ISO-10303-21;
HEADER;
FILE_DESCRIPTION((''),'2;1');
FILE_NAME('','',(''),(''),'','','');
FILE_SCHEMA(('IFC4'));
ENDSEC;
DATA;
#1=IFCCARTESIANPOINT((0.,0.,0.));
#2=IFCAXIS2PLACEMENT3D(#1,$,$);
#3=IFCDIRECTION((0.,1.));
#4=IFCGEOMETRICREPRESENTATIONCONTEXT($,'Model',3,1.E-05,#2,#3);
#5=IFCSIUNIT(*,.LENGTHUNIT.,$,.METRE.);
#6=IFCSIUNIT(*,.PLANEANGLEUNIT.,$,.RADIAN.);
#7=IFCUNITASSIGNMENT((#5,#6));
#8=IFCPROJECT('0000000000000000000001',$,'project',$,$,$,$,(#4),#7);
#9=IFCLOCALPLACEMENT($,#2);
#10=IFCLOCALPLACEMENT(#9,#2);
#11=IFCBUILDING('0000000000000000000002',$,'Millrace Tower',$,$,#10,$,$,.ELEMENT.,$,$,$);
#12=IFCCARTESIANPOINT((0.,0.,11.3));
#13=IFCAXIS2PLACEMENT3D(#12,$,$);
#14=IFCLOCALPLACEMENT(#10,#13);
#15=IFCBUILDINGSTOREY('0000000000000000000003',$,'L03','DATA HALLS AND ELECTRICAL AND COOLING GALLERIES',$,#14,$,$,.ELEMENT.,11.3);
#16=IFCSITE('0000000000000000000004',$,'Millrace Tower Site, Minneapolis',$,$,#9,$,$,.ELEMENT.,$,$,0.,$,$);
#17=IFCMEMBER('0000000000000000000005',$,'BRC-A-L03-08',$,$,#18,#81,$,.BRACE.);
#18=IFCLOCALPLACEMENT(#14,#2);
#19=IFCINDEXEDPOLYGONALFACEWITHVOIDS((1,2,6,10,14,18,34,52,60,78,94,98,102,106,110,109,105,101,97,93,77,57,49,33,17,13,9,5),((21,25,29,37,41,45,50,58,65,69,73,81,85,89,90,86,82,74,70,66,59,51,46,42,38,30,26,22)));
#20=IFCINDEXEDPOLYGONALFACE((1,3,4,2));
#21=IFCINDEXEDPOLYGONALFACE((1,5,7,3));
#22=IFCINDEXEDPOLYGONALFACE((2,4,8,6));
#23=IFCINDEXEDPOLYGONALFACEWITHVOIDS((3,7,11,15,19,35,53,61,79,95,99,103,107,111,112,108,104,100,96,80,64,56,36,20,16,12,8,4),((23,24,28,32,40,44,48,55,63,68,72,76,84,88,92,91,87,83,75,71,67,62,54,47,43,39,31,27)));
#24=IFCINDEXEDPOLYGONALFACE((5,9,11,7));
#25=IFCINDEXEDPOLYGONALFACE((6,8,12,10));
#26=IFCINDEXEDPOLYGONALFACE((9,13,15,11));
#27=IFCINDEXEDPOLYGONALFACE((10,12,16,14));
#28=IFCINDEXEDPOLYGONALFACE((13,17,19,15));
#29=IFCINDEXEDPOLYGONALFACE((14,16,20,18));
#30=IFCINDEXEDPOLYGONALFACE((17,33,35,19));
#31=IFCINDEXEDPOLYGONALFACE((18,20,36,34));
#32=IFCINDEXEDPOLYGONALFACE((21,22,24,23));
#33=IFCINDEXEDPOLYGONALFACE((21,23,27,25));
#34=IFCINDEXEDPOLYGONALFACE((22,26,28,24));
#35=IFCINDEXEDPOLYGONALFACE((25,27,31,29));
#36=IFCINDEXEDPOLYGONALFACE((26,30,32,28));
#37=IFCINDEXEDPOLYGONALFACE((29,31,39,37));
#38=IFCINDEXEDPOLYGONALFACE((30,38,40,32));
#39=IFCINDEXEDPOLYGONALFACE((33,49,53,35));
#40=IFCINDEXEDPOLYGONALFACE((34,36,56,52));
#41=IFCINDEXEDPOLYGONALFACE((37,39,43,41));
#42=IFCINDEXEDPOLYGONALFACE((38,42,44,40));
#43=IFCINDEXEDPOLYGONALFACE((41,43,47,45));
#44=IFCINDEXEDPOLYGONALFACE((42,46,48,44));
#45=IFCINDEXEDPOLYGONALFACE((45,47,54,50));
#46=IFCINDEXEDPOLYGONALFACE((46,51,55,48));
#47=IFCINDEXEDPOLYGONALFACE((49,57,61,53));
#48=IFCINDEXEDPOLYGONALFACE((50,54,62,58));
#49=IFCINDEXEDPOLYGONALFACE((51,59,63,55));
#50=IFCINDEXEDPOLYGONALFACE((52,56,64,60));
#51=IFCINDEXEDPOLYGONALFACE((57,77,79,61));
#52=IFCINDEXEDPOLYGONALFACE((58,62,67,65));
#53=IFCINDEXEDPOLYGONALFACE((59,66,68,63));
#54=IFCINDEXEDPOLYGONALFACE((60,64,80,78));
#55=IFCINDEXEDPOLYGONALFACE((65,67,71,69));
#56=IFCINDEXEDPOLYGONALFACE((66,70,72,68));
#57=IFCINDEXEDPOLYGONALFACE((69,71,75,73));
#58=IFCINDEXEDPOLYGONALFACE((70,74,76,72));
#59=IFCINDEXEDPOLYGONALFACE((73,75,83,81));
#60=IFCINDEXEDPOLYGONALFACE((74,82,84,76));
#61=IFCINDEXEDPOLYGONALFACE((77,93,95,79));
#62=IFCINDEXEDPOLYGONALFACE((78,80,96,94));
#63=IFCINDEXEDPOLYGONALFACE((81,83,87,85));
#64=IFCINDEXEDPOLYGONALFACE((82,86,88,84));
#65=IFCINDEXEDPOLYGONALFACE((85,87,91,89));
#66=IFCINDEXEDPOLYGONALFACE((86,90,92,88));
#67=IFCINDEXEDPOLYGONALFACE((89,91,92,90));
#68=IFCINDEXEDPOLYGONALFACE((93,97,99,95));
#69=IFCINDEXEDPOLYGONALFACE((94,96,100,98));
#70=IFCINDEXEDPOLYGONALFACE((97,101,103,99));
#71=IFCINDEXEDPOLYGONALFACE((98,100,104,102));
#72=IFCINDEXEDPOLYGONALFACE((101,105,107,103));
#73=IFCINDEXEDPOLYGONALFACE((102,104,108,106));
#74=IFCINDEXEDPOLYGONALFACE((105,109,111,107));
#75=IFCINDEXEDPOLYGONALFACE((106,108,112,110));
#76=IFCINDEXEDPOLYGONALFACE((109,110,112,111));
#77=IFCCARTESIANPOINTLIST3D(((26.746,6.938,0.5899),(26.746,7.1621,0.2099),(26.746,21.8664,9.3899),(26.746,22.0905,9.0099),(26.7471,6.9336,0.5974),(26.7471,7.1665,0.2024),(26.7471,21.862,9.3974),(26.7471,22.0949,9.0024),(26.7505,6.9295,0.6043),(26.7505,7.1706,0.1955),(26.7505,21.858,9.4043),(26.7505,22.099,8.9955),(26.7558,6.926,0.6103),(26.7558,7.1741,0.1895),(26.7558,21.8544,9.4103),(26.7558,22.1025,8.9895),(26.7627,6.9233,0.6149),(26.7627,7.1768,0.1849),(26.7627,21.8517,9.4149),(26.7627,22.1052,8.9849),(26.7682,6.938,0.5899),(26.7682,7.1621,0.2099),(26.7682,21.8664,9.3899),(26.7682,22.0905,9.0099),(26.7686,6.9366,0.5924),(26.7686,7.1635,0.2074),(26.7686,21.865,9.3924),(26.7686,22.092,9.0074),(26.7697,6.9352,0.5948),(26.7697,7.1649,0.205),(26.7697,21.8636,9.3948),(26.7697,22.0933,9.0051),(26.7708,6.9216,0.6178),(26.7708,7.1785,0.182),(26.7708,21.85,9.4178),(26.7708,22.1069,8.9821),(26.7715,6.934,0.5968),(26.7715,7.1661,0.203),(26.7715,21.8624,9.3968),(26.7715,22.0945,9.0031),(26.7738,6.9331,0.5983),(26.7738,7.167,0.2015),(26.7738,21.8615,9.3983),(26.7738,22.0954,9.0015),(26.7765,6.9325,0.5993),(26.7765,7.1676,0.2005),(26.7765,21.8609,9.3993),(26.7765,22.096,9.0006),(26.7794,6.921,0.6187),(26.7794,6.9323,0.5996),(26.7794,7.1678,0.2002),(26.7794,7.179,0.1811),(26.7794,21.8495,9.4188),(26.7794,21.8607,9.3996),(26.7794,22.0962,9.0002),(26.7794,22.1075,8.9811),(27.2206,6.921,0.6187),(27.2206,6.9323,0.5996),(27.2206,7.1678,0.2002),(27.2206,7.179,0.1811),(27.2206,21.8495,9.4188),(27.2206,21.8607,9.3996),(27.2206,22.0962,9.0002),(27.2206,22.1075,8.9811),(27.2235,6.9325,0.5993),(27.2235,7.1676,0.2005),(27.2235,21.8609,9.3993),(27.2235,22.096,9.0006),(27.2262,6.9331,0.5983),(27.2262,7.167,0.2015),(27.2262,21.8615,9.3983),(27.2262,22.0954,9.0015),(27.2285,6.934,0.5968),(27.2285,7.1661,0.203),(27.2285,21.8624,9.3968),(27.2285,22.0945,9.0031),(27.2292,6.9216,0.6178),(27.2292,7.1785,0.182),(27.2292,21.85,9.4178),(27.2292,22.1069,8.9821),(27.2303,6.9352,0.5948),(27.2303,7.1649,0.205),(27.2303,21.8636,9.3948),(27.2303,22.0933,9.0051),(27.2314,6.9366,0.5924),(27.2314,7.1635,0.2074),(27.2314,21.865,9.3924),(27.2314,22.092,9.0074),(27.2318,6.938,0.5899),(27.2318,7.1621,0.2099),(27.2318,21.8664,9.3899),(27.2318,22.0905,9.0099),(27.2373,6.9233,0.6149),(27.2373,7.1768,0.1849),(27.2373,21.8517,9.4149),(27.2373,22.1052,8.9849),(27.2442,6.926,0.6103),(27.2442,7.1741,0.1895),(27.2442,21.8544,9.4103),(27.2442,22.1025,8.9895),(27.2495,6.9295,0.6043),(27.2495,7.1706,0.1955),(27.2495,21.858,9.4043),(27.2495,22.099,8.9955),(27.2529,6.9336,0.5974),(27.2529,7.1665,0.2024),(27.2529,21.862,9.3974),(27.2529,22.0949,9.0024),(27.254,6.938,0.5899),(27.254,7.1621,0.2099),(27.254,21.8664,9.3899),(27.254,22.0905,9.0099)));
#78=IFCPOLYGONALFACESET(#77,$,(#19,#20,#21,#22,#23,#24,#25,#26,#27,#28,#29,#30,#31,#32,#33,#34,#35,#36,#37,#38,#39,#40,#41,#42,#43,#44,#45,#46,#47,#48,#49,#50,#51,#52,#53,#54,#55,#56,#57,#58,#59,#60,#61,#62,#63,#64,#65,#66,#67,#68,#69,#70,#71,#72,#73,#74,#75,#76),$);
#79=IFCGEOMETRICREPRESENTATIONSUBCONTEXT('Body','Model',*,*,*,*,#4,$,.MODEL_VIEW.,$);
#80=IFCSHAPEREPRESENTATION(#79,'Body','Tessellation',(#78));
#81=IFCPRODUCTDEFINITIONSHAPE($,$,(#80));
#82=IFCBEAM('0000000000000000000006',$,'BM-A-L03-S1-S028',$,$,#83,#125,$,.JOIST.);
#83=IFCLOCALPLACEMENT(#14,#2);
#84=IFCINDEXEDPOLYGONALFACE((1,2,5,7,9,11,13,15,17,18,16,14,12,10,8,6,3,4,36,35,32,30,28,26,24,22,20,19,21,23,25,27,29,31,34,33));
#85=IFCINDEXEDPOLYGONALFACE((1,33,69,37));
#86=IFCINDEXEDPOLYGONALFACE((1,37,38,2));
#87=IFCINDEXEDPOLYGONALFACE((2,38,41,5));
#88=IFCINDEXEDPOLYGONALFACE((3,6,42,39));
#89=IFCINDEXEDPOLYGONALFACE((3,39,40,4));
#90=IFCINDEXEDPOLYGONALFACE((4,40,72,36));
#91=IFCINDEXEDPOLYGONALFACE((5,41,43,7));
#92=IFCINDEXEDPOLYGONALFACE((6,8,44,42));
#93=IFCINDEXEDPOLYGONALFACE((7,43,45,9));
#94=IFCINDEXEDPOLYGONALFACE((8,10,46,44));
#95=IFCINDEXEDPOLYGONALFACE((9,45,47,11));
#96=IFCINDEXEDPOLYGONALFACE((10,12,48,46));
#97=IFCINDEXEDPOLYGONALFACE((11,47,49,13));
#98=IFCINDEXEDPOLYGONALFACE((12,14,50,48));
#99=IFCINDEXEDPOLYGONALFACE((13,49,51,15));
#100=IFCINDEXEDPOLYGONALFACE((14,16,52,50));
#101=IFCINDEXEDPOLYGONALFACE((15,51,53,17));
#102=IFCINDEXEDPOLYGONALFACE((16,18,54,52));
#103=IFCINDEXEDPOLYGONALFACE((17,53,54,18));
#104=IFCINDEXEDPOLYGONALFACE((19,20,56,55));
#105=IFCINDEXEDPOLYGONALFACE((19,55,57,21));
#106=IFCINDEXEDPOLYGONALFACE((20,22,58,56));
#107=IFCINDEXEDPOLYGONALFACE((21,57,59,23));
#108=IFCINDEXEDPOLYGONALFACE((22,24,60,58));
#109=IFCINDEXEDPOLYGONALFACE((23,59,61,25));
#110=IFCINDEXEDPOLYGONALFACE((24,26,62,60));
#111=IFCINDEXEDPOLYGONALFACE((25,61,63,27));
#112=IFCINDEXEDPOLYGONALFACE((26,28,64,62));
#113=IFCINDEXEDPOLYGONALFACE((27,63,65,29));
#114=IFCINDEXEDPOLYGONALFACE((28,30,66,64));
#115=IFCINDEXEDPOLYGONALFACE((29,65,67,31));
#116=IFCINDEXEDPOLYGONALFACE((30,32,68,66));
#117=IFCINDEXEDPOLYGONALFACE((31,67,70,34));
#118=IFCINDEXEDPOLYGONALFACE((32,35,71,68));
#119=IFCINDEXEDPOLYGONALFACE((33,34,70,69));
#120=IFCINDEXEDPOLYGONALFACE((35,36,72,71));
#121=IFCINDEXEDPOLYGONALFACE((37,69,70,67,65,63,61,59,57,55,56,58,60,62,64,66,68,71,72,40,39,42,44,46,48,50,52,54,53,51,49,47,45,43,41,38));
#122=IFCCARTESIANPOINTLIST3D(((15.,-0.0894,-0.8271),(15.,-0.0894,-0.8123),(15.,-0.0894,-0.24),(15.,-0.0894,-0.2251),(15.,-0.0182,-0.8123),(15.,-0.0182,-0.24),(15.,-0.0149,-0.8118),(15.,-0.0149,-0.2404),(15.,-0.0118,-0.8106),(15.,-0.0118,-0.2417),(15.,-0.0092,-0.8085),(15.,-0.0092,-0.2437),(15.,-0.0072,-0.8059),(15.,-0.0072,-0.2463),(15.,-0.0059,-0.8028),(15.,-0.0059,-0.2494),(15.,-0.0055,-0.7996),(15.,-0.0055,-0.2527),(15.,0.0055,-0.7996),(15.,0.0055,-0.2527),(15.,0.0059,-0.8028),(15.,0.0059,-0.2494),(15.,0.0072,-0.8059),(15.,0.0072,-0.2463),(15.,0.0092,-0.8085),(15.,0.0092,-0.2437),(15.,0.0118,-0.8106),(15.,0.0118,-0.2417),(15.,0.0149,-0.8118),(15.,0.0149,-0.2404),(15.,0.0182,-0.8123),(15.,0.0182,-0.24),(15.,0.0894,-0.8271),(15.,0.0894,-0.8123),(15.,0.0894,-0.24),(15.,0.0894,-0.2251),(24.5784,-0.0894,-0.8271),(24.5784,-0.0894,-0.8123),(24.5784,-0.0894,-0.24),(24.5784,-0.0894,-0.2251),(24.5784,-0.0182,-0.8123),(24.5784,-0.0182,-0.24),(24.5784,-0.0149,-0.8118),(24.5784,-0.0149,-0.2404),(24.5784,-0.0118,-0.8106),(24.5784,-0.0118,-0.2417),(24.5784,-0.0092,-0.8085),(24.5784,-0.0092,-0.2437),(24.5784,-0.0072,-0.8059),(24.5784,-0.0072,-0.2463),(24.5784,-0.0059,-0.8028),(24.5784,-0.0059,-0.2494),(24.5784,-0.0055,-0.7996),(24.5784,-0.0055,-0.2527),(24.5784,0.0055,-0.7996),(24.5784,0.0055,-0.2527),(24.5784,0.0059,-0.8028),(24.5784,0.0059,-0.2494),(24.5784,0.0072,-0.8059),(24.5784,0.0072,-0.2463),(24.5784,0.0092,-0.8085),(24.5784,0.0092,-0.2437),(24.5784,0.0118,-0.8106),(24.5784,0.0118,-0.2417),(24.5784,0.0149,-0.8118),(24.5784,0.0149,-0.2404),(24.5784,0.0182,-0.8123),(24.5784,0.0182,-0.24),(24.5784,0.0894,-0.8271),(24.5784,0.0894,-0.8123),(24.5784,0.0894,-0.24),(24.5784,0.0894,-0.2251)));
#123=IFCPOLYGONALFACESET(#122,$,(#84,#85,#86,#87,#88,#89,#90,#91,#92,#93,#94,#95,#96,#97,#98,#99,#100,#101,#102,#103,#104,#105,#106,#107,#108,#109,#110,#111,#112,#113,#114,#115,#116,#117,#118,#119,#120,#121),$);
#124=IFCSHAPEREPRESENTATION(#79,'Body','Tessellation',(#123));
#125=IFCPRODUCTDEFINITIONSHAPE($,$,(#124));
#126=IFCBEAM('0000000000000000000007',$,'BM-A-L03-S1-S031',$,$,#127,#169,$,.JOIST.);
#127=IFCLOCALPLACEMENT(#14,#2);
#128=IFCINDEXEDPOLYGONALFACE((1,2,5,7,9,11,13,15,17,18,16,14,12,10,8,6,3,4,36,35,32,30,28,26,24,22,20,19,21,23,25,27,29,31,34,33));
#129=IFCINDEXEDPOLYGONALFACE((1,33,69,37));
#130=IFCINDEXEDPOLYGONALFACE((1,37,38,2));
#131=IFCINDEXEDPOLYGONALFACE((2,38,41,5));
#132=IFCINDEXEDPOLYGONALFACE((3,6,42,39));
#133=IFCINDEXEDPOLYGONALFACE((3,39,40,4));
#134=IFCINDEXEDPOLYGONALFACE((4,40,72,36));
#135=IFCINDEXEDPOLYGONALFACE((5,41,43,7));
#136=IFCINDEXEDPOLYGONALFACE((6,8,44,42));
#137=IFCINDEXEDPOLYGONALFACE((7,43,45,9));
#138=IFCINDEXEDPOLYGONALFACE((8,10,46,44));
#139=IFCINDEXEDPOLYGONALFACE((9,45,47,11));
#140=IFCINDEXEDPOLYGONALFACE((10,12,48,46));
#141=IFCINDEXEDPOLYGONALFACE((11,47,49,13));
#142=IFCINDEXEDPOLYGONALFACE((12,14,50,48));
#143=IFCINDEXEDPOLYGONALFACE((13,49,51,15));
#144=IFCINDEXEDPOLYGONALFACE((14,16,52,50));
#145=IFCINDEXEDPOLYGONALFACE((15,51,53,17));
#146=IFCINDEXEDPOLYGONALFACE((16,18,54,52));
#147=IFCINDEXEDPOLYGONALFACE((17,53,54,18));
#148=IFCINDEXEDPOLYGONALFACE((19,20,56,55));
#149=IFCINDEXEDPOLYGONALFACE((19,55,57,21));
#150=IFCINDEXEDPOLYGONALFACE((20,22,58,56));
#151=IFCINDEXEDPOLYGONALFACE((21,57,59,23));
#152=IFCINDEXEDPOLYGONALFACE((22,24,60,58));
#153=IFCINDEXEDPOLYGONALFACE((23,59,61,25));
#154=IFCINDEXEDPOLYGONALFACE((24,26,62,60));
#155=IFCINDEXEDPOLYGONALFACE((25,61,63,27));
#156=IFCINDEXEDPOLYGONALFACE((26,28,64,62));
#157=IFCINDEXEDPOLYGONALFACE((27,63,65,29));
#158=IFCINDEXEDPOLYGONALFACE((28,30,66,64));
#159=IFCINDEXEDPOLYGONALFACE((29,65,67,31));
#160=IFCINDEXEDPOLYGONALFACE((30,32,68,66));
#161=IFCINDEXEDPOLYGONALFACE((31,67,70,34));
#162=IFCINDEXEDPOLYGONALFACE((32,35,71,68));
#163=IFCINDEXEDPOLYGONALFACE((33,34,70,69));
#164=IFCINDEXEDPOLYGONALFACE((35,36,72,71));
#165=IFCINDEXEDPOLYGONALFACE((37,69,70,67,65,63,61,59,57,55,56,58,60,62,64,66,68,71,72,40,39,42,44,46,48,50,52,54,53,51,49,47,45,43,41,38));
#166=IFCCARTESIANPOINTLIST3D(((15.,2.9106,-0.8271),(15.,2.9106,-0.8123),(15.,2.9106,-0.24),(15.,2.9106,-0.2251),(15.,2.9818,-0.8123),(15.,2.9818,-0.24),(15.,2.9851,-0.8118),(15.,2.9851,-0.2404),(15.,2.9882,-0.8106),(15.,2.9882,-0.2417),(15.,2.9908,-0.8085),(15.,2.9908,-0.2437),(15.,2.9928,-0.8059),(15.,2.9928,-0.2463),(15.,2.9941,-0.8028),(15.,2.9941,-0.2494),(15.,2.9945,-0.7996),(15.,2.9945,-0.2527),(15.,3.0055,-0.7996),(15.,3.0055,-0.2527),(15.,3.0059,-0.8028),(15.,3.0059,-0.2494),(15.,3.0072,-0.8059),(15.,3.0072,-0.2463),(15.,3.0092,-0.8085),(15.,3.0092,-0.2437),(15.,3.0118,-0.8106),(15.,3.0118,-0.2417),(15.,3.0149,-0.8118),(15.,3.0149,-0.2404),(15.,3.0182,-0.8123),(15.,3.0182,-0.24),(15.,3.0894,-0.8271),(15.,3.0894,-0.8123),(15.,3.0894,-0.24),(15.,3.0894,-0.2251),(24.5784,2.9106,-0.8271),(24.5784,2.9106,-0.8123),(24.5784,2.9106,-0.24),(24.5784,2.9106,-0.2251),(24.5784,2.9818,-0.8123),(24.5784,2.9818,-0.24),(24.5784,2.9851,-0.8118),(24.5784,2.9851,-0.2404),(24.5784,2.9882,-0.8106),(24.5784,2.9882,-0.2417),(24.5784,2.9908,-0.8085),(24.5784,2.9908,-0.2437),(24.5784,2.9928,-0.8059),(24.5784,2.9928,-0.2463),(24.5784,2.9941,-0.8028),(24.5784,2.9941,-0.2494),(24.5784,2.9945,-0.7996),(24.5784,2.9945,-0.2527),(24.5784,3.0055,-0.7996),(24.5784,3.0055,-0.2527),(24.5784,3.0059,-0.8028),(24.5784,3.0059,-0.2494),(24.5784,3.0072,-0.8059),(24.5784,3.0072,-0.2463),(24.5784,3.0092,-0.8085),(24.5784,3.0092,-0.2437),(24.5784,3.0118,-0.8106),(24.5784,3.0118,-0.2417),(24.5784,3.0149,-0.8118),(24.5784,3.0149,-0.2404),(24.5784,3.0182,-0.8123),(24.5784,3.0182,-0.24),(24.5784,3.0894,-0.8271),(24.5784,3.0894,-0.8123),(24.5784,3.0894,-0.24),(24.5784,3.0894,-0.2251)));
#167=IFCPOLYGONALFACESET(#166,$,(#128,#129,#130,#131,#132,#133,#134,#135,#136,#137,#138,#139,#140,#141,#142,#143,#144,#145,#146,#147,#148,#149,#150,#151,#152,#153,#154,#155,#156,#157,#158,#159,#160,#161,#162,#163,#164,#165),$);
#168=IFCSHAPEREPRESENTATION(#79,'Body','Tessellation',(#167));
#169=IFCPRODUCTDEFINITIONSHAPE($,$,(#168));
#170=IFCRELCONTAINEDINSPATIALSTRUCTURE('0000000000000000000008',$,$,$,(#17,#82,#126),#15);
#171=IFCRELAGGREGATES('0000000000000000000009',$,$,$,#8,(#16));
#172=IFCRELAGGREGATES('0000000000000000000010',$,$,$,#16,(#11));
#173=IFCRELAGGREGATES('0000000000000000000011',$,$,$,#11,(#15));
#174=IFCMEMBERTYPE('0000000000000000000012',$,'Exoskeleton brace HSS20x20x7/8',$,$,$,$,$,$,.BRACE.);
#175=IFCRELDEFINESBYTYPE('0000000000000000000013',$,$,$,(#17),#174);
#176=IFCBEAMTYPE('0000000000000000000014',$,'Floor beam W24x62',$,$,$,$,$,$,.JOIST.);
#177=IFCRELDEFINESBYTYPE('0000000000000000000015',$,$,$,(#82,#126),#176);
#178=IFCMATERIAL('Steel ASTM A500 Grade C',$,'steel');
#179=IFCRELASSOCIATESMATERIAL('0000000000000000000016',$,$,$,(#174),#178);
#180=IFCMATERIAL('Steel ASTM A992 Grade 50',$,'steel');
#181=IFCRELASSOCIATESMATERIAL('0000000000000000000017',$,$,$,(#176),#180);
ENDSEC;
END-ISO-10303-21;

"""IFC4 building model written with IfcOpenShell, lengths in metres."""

from ifc_helpers import new_model, si_unit, direction, frame, origin, origin_2d, place, context, subcontext, project, spatial, hollow_rectangle, i_section, extrude, material, material_profile, profile_set, type_object, element, save


model = new_model("IFC4")

# Units and contexts
model_context = context("Model", 3, precision=1e-05, world=origin(), true_north=direction((0.0, 1.0)))
body_context = subcontext(model_context, "Body", "Model", "MODEL_VIEW")
ifc_project = project(units=[si_unit("LENGTHUNIT", "METRE"), si_unit("PLANEANGLEUNIT", "RADIAN")], contexts=[model_context])

# Site, building, storey
site_placement = place(None, origin())
site = spatial("IfcSite", under=ifc_project, at=site_placement, Name="Millrace Tower Site, Minneapolis", CompositionType="ELEMENT", RefElevation=0.0)
building_placement = place(site_placement, origin())
building = spatial("IfcBuilding", under=site, at=building_placement, Name="Millrace Tower", CompositionType="ELEMENT")
storey_placement = place(building_placement, frame((0.0, 0.0, 11.3)))
storey = spatial("IfcBuildingStorey", under=building, at=storey_placement, Name="L03", Description="DATA HALLS AND ELECTRICAL AND COOLING GALLERIES", CompositionType="ELEMENT", Elevation=11.3)

# Member
ifc_material_1 = material(Name="Steel ASTM A500 Grade C", Category="steel")
ifc_material_profile_1 = material_profile(ifc_material_1, hollow_rectangle(XDim=0.5081, YDim=0.5081, WallThickness=0.0222, InnerFilletRadius=0.0112, OuterFilletRadius=0.0334, at=origin_2d()))
ifc_profile_set_1 = profile_set([ifc_material_profile_1], Name="Steel ASTM A500 Grade C")
member_type_1 = type_object("IfcMemberType", Name="Exoskeleton brace HSS20x20x7/8", PredefinedType="BRACE", material=ifc_profile_set_1)
member_1_placement = place(storey_placement, frame((27.0, 7.05, 0.3999), z_axis=(0.0, 0.861465, 0.507817), x_axis=(-1.0, 0.0, 0.0)))
element("IfcMember", 1, at=member_1_placement, inside=storey, type_object=member_type_1, Name="BRC-A-L03-08", PredefinedType="BRACE", context=body_context, shape_type="SweptSolid", body=[
    extrude(hollow_rectangle(XDim=0.5081, YDim=0.5081, WallThickness=0.0222, InnerFilletRadius=0.0112, OuterFilletRadius=0.0334, at=origin_2d()), origin(), (0.0, 0.0, 1.0), 17.3291),
])

# Beams
ifc_material_2 = material(Name="Steel ASTM A992 Grade 50", Category="steel")
ifc_material_profile_2 = material_profile(ifc_material_2, i_section(OverallWidth=0.1787, OverallDepth=0.6021, WebThickness=0.011, FlangeThickness=0.0149, FilletRadius=0.0127, at=origin_2d()))
ifc_profile_set_2 = profile_set([ifc_material_profile_2], Name="Steel ASTM A992 Grade 50")
beam_type_1 = type_object("IfcBeamType", Name="Floor beam W24x62", PredefinedType="JOIST", material=ifc_profile_set_2)
for number, where, z_axis, x_axis, name in (
    (2, (15.0, 0.0, -0.5261), (1.0, 0.0, 0.0), (0.0, 1.0, 0.0), "BM-A-L03-S1-S028"),
    (3, (15.0, 3.0, -0.5261), (1.0, 0.0, 0.0), (0.0, 1.0, 0.0), "BM-A-L03-S1-S031"),
):
    element("IfcBeam", number, at=place(storey_placement, frame(where, z_axis=z_axis, x_axis=x_axis)), inside=storey, type_object=beam_type_1, Name=name, PredefinedType="JOIST", context=body_context, shape_type="SweptSolid", body=[
        extrude(i_section(OverallWidth=0.1787, OverallDepth=0.6021, WebThickness=0.011, FlangeThickness=0.0149, FilletRadius=0.0127, at=origin_2d()), origin(), (0.0, 0.0, 1.0), 9.5784),
    ])

save(model, "model.ifc")
